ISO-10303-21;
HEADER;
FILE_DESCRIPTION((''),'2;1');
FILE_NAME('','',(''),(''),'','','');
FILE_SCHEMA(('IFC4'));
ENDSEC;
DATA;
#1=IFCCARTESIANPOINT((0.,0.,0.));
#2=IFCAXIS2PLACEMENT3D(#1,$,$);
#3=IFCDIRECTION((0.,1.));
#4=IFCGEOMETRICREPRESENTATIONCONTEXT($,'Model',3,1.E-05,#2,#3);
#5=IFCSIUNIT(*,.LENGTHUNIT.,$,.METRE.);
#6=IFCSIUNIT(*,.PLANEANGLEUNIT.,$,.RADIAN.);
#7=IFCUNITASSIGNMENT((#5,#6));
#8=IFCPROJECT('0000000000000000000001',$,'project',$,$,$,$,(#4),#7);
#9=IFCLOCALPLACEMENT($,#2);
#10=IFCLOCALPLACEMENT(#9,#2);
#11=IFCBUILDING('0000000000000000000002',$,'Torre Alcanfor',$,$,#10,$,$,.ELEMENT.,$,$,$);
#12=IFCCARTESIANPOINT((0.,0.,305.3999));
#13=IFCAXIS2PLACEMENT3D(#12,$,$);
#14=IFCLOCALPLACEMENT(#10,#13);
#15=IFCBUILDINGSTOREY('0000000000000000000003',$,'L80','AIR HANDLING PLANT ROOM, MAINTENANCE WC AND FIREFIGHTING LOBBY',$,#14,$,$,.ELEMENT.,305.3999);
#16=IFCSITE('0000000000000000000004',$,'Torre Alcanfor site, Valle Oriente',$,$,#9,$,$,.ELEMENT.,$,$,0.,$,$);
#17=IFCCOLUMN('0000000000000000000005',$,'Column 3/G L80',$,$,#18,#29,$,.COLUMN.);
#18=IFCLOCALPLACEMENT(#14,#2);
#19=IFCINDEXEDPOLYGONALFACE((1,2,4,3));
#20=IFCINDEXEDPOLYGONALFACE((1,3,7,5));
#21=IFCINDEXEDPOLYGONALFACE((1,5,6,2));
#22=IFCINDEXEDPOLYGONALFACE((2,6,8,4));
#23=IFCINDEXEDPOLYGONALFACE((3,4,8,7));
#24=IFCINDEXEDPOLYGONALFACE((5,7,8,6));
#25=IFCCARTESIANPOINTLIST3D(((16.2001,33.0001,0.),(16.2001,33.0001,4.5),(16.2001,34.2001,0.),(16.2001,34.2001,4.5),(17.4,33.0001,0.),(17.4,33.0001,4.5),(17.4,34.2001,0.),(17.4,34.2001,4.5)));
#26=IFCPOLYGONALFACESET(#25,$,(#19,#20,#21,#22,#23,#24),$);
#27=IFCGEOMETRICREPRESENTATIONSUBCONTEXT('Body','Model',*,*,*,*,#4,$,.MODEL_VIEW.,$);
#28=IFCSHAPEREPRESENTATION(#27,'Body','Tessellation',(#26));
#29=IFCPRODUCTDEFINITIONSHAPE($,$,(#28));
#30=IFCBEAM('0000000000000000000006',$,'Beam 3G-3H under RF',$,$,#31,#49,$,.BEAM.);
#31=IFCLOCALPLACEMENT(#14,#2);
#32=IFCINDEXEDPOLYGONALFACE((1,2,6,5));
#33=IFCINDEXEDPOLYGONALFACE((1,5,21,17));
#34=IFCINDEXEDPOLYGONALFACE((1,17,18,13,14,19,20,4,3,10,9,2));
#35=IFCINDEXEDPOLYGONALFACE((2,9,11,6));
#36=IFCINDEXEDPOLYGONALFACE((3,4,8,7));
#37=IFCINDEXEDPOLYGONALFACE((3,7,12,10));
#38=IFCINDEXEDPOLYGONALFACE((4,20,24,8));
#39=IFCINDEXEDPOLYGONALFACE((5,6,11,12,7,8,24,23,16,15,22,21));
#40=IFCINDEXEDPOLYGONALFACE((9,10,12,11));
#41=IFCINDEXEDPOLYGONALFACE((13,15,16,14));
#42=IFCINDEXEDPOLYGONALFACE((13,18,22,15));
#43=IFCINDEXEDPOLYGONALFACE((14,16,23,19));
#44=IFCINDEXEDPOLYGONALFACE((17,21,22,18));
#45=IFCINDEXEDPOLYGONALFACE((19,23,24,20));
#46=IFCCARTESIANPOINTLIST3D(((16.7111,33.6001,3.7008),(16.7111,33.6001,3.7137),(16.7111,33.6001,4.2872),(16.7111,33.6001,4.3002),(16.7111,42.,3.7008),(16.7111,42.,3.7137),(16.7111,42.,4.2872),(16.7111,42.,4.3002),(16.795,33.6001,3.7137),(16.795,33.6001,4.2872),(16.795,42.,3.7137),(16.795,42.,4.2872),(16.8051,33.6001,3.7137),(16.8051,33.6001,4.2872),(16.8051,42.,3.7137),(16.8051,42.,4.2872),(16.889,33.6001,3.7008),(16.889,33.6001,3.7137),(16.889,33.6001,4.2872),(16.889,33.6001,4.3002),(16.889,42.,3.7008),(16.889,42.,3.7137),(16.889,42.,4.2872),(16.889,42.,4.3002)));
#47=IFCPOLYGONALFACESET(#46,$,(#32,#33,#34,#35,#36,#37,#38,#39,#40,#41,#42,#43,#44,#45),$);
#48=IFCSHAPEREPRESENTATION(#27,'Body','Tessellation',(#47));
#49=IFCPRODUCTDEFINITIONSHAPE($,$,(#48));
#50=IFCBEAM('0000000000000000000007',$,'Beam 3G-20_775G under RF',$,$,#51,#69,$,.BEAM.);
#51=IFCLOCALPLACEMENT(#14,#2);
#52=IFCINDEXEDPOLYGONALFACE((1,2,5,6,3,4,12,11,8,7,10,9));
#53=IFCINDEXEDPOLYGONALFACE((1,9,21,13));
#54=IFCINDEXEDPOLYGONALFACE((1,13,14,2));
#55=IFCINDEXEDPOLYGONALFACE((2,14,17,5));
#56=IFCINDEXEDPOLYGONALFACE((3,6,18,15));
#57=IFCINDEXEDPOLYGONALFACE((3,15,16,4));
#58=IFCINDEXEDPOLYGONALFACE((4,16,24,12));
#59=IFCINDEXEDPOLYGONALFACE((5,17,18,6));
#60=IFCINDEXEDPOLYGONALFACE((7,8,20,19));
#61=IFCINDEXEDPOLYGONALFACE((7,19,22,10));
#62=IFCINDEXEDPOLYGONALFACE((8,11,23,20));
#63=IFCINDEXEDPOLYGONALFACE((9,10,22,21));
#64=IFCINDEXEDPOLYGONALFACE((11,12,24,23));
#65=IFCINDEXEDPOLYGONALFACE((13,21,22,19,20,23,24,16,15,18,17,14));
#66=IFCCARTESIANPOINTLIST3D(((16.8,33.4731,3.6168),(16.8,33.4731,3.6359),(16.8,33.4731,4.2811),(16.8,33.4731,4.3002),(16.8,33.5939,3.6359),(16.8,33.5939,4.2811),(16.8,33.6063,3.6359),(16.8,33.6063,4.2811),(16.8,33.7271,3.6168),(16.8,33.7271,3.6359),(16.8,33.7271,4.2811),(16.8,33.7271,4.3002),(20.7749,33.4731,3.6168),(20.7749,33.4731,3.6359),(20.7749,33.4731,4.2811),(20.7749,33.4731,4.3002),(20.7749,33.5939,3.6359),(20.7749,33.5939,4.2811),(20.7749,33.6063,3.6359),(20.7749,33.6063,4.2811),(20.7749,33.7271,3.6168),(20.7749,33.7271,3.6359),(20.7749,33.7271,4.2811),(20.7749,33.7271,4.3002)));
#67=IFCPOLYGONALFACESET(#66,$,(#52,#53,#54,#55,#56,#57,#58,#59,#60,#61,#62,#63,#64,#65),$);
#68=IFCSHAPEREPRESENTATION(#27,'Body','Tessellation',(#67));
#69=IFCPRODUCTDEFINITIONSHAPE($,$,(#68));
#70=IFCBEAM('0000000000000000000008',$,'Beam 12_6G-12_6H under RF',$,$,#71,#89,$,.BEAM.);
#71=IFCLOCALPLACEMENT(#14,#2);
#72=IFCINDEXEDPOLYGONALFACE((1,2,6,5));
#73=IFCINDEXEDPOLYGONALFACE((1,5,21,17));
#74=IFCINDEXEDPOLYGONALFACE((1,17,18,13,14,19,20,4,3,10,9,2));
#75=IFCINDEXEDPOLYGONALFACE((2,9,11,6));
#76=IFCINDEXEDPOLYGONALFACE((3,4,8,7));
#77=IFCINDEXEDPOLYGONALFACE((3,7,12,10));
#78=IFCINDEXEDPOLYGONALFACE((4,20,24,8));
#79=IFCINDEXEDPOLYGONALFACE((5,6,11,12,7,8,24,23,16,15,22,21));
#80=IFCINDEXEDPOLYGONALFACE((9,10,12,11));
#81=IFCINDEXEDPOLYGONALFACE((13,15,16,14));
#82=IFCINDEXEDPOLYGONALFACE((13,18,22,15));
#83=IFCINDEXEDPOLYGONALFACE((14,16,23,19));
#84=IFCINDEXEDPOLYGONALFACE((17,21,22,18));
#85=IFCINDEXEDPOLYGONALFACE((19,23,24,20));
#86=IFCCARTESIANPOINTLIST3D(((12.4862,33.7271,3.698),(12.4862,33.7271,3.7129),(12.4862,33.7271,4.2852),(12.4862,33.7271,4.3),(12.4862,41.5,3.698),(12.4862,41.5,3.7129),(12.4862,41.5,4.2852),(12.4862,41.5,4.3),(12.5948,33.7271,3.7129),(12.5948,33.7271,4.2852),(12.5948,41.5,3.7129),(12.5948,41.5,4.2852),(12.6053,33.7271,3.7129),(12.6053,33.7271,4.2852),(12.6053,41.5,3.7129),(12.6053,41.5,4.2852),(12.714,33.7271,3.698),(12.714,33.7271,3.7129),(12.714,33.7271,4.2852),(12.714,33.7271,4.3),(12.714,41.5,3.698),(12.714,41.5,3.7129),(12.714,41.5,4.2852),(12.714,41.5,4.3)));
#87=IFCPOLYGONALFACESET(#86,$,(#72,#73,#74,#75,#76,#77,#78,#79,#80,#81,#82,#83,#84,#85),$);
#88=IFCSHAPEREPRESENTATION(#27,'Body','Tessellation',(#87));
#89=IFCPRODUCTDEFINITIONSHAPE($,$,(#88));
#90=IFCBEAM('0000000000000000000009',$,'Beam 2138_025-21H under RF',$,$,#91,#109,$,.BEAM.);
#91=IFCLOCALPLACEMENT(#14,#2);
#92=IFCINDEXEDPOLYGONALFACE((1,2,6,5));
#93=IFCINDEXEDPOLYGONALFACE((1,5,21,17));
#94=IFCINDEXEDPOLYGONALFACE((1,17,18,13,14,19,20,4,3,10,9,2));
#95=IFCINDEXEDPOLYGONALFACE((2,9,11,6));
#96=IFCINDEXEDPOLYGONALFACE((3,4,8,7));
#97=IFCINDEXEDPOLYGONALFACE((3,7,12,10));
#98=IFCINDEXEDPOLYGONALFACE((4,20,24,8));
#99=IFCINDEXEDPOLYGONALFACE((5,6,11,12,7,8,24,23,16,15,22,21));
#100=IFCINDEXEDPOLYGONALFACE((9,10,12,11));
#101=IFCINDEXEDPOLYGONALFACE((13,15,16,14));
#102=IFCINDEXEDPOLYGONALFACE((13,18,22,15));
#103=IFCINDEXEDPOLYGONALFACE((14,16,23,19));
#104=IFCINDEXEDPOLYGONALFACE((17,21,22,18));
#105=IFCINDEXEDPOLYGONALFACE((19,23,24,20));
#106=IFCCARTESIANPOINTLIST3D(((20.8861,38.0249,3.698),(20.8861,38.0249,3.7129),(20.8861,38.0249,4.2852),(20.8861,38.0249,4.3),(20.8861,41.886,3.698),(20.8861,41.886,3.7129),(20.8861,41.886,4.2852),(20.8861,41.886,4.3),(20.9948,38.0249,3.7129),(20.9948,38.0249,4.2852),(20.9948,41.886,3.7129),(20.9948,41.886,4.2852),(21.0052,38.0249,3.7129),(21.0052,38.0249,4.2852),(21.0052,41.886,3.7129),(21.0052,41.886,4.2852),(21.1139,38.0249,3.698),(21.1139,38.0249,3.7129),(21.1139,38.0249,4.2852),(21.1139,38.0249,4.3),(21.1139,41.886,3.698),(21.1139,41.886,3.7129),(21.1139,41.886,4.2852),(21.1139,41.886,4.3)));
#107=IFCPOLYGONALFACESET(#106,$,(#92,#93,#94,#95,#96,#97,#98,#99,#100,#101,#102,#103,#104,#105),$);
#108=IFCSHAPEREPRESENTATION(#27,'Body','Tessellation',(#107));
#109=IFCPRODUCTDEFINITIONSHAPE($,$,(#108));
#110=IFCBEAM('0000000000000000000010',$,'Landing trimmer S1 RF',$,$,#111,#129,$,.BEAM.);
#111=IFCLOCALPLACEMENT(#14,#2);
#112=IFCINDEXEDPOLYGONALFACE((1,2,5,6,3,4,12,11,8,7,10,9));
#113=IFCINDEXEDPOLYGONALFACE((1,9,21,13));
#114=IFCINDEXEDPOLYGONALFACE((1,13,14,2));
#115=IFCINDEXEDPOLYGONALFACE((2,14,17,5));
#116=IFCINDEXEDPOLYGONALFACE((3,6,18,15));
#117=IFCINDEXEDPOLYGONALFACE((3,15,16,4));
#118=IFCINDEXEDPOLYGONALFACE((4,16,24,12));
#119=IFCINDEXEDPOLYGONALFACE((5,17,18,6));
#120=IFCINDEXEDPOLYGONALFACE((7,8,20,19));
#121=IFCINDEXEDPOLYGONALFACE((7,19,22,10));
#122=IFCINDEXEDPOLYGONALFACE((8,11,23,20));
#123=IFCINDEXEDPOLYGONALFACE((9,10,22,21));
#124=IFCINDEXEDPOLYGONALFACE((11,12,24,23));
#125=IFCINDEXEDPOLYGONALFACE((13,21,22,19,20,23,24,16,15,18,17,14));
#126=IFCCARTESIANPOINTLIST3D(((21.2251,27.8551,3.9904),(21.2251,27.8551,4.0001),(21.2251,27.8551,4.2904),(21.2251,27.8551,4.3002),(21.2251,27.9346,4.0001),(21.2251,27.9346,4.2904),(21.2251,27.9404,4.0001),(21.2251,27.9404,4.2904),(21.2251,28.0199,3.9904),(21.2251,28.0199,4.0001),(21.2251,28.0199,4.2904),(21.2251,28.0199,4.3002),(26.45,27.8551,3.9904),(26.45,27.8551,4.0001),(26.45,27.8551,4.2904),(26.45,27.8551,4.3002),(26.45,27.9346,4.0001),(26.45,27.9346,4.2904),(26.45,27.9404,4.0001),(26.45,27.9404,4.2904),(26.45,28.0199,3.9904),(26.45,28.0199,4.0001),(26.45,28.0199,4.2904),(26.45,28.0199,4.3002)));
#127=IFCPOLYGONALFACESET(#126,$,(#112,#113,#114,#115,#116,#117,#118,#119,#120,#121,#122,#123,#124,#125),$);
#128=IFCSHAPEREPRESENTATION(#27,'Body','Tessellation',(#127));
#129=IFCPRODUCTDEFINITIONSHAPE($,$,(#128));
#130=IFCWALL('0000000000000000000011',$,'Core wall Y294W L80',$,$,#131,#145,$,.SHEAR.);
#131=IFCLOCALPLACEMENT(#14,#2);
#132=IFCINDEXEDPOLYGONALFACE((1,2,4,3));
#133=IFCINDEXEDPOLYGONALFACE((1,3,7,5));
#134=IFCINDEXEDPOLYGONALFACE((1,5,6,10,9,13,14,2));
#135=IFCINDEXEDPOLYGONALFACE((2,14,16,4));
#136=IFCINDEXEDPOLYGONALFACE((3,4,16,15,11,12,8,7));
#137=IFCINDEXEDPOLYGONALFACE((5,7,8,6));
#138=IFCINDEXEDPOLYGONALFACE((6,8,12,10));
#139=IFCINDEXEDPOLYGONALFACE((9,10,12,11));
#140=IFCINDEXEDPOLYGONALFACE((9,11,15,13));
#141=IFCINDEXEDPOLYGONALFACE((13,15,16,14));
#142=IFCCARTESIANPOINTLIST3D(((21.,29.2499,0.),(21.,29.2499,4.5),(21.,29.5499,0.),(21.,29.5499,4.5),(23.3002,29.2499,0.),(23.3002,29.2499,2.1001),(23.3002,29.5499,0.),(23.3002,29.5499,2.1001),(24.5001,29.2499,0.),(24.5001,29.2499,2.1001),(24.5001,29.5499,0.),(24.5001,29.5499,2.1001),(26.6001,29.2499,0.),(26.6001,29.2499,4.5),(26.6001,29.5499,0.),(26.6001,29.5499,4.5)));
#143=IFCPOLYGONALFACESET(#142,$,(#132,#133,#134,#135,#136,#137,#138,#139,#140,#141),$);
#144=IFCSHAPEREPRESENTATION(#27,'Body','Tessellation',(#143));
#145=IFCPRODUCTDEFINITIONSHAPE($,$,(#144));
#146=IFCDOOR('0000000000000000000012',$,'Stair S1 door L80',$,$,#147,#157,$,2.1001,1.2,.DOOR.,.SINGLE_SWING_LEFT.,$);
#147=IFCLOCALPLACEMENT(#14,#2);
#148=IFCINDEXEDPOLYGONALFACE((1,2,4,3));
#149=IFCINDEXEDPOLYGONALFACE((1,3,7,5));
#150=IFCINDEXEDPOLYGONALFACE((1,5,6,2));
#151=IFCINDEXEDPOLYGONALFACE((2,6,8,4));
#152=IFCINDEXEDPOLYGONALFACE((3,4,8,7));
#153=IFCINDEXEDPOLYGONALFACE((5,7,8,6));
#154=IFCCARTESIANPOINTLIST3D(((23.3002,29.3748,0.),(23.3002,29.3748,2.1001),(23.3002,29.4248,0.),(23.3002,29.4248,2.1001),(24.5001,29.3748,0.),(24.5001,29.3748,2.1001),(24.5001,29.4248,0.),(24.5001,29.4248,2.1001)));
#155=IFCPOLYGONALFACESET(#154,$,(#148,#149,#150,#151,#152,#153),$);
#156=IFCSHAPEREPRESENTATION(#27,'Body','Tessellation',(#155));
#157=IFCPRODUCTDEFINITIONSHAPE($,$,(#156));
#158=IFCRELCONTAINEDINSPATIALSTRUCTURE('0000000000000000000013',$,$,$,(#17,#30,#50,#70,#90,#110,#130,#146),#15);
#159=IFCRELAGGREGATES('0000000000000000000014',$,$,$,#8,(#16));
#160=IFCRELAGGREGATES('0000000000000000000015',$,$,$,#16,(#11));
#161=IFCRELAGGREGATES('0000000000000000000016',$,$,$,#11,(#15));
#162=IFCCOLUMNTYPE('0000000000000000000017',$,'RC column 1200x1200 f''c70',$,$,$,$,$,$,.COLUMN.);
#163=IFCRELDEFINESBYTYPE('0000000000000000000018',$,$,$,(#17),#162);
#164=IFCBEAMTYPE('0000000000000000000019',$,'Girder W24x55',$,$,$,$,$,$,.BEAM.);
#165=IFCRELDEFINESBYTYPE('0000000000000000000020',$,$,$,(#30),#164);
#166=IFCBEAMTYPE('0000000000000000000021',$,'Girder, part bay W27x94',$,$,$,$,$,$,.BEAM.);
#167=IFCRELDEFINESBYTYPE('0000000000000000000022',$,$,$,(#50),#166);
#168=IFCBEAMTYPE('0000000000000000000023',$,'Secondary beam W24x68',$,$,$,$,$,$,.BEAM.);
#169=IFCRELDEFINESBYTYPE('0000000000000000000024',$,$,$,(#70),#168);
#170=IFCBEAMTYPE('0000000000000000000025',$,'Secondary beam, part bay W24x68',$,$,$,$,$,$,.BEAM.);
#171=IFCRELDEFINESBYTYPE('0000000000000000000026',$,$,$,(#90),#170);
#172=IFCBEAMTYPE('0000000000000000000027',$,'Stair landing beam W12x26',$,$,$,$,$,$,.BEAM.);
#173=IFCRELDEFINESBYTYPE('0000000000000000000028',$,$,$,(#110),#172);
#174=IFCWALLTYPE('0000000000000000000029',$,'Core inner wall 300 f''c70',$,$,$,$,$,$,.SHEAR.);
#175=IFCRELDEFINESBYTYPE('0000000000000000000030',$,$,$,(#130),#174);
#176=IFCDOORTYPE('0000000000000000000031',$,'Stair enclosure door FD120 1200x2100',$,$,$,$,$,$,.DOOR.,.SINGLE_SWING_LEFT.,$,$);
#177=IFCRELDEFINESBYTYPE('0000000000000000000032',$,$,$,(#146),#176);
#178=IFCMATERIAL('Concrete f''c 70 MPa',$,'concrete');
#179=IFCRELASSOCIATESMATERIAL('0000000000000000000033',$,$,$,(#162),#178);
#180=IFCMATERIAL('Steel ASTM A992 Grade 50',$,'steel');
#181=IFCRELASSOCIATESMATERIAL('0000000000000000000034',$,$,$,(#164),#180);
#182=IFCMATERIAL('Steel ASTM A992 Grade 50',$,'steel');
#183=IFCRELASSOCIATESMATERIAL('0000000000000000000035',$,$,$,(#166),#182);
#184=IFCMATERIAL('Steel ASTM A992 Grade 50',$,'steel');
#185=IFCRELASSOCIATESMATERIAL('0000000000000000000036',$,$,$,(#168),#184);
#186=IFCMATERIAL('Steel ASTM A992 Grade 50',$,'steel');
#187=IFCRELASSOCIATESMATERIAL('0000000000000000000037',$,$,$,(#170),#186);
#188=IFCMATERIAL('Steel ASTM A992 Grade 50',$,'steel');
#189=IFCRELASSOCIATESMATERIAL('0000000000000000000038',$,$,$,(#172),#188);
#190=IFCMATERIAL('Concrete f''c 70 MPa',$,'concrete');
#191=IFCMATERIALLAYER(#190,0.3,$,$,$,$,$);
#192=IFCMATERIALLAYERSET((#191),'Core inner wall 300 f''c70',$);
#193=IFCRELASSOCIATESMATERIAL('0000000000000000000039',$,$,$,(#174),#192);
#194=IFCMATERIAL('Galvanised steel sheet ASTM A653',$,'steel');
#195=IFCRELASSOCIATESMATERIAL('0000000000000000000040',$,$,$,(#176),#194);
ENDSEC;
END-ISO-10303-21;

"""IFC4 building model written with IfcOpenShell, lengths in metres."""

from ifc_helpers import new_model, si_unit, direction, frame, frame_2d, origin, origin_2d, place, context, subcontext, project, spatial, rectangle, i_section, extrude, material, layer, layer_set, material_profile, profile_set, type_object, element, fill, save


model = new_model("IFC4")

# Units and contexts
model_context = context("Model", 3, precision=1e-05, world=origin(), true_north=direction((0.0, 1.0)))
body_context = subcontext(model_context, "Body", "Model", "MODEL_VIEW")
ifc_project = project(units=[si_unit("LENGTHUNIT", "METRE"), si_unit("PLANEANGLEUNIT", "RADIAN")], contexts=[model_context])

# Site, building, storey
site_placement = place(None, origin())
site = spatial("IfcSite", under=ifc_project, at=site_placement, Name="Torre Alcanfor site, Valle Oriente", CompositionType="ELEMENT", RefElevation=0.0)
building_placement = place(site_placement, origin())
building = spatial("IfcBuilding", under=site, at=building_placement, Name="Torre Alcanfor", CompositionType="ELEMENT")
storey_placement = place(building_placement, frame((0.0, 0.0, 305.3999)))
storey = spatial("IfcBuildingStorey", under=building, at=storey_placement, Name="L80", Description="AIR HANDLING PLANT ROOM, MAINTENANCE WC AND FIREFIGHTING LOBBY", CompositionType="ELEMENT", Elevation=305.3999)

# Column
ifc_material_1 = material(Name="Concrete f'c 70 MPa", Category="concrete")
ifc_material_profile_1 = material_profile(ifc_material_1, rectangle(XDim=1.2, YDim=1.2, at=origin_2d()), Name="1200x1200")
ifc_profile_set_1 = profile_set([ifc_material_profile_1], Name="Concrete f'c 70 MPa")
column_type = type_object("IfcColumnType", Name="RC column 1200x1200 f'c70", PredefinedType="COLUMN", material=ifc_profile_set_1)
column_placement = place(storey_placement, frame((16.8, 33.6001, 0.0), z_axis=(0.0, 0.0, 1.0), x_axis=(1.0, 0.0, 0.0)))
element("IfcColumn", 1, at=column_placement, inside=storey, type_object=column_type, Name="Column 3/G L80", PredefinedType="COLUMN", context=body_context, shape_type="SweptSolid", body=[
    extrude(rectangle(XDim=1.2, YDim=1.2, at=origin_2d()), origin(), (0.0, 0.0, 1.0), 4.5),
])

# Beams
ifc_material_2 = material(Name="Steel ASTM A992 Grade 50", Category="steel")
ifc_material_profile_2 = material_profile(ifc_material_2, i_section(OverallWidth=0.178, OverallDepth=0.5994, WebThickness=0.01, FlangeThickness=0.0129, at=origin_2d()), Name="W24x55")
ifc_profile_set_2 = profile_set([ifc_material_profile_2], Name="Steel ASTM A992 Grade 50")
beam_type_1 = type_object("IfcBeamType", Name="Girder W24x55", PredefinedType="BEAM", material=ifc_profile_set_2)
beam_1_placement = place(storey_placement, frame((16.8, 33.6001, 4.0005), z_axis=(0.0, 1.0, 0.0), x_axis=(-1.0, 0.0, 0.0)))
element("IfcBeam", 2, at=beam_1_placement, inside=storey, type_object=beam_type_1, Name="Beam 3G-3H under RF", PredefinedType="BEAM", context=body_context, shape_type="SweptSolid", body=[
    extrude(i_section(OverallWidth=0.178, OverallDepth=0.5994, WebThickness=0.01, FlangeThickness=0.0129, at=origin_2d()), origin(), (0.0, 0.0, 1.0), 8.3999),
])
ifc_material_3 = material(Name="Steel ASTM A992 Grade 50", Category="steel")
ifc_material_profile_3 = material_profile(ifc_material_3, i_section(OverallWidth=0.2539, OverallDepth=0.6833, WebThickness=0.0125, FlangeThickness=0.019, at=origin_2d()), Name="W27x94")
ifc_profile_set_3 = profile_set([ifc_material_profile_3], Name="Steel ASTM A992 Grade 50")
beam_type_2 = type_object("IfcBeamType", Name="Girder, part bay W27x94", PredefinedType="BEAM", material=ifc_profile_set_3)
beam_2_placement = place(storey_placement, frame((16.8, 33.6001, 3.9585), z_axis=(1.0, 0.0, 0.0), x_axis=(0.0, 1.0, 0.0)))
element("IfcBeam", 3, at=beam_2_placement, inside=storey, type_object=beam_type_2, Name="Beam 3G-20_775G under RF", PredefinedType="BEAM", context=body_context, shape_type="SweptSolid", body=[
    extrude(i_section(OverallWidth=0.2539, OverallDepth=0.6833, WebThickness=0.0125, FlangeThickness=0.019, at=origin_2d()), origin(), (0.0, 0.0, 1.0), 3.9749),
])
ifc_material_4 = material(Name="Steel ASTM A992 Grade 50", Category="steel")
ifc_material_profile_4 = material_profile(ifc_material_4, i_section(OverallWidth=0.2278, OverallDepth=0.6021, WebThickness=0.0105, FlangeThickness=0.0149, at=origin_2d()), Name="W24x68")
ifc_profile_set_4 = profile_set([ifc_material_profile_4], Name="Steel ASTM A992 Grade 50")
beam_type_3 = type_object("IfcBeamType", Name="Secondary beam W24x68", PredefinedType="BEAM", material=ifc_profile_set_4)
beam_3_placement = place(storey_placement, frame((12.6001, 33.7271, 3.999), z_axis=(0.0, 1.0, 0.0), x_axis=(-1.0, 0.0, 0.0)))
element("IfcBeam", 4, at=beam_3_placement, inside=storey, type_object=beam_type_3, Name="Beam 12_6G-12_6H under RF", PredefinedType="BEAM", context=body_context, shape_type="SweptSolid", body=[
    extrude(i_section(OverallWidth=0.2278, OverallDepth=0.6021, WebThickness=0.0105, FlangeThickness=0.0149, at=origin_2d()), origin(), (0.0, 0.0, 1.0), 7.7729),
])
ifc_material_5 = material(Name="Steel ASTM A992 Grade 50", Category="steel")
ifc_material_profile_5 = material_profile(ifc_material_5, i_section(OverallWidth=0.2278, OverallDepth=0.6021, WebThickness=0.0105, FlangeThickness=0.0149, at=origin_2d()), Name="W24x68")
ifc_profile_set_5 = profile_set([ifc_material_profile_5], Name="Steel ASTM A992 Grade 50")
beam_type_4 = type_object("IfcBeamType", Name="Secondary beam, part bay W24x68", PredefinedType="BEAM", material=ifc_profile_set_5)
beam_4_placement = place(storey_placement, frame((21.0, 38.0249, 3.999), z_axis=(0.0, 1.0, 0.0), x_axis=(-1.0, 0.0, 0.0)))
element("IfcBeam", 5, at=beam_4_placement, inside=storey, type_object=beam_type_4, Name="Beam 2138_025-21H under RF", PredefinedType="BEAM", context=body_context, shape_type="SweptSolid", body=[
    extrude(i_section(OverallWidth=0.2278, OverallDepth=0.6021, WebThickness=0.0105, FlangeThickness=0.0149, at=origin_2d()), origin(), (0.0, 0.0, 1.0), 3.8611),
])
ifc_material_6 = material(Name="Steel ASTM A992 Grade 50", Category="steel")
ifc_material_profile_6 = material_profile(ifc_material_6, i_section(OverallWidth=0.1648, OverallDepth=0.3098, WebThickness=0.0059, FlangeThickness=0.0098, at=origin_2d()), Name="W12x26")
ifc_profile_set_6 = profile_set([ifc_material_profile_6], Name="Steel ASTM A992 Grade 50")
beam_type_5 = type_object("IfcBeamType", Name="Stair landing beam W12x26", PredefinedType="BEAM", material=ifc_profile_set_6)
beam_5_placement = place(storey_placement, frame((21.2251, 27.9375, 4.1453), z_axis=(1.0, 0.0, 0.0), x_axis=(0.0, 1.0, 0.0)))
element("IfcBeam", 6, at=beam_5_placement, inside=storey, type_object=beam_type_5, Name="Landing trimmer S1 RF", PredefinedType="BEAM", context=body_context, shape_type="SweptSolid", body=[
    extrude(i_section(OverallWidth=0.1648, OverallDepth=0.3098, WebThickness=0.0059, FlangeThickness=0.0098, at=origin_2d()), origin(), (0.0, 0.0, 1.0), 5.2249),
])

# Wall, opening, door
ifc_material_7 = material(Name="Concrete f'c 70 MPa", Category="concrete")
ifc_layer_1 = layer(ifc_material_7, 0.3)
ifc_layer_set_1 = layer_set([ifc_layer_1], Name="Core inner wall 300 f'c70")
wall_type_1 = type_object("IfcWallType", Name="Core inner wall 300 f'c70", PredefinedType="SHEAR", material=ifc_layer_set_1)
wall_1_placement = place(storey_placement, frame((21.0, 29.3999, 0.0), z_axis=(0.0, 0.0, 1.0), x_axis=(1.0, 0.0, 0.0)))
wall_1 = element("IfcWall", 7, at=wall_1_placement, inside=storey, type_object=wall_type_1, Name="Core wall Y294W L80", PredefinedType="SHEAR", context=body_context, shape_type="SweptSolid", body=[
    extrude(rectangle(XDim=5.6001, YDim=0.3, at=frame_2d((2.8, 0.0))), origin(), (0.0, 0.0, 1.0), 4.5),
])
opening_1_placement = place(wall_1_placement, frame((2.3, 0.0, 0.0)))
opening_1 = element("IfcOpeningElement", 8, at=opening_1_placement, cuts=wall_1, PredefinedType="OPENING", context=body_context, shape_type="SweptSolid", body=[
    extrude(rectangle(XDim=1.2, YDim=2.1001, at=frame_2d((0.6001, 1.05))), frame((0.0, 0.1599, 0.0), z_axis=(0.0, -1.0, 0.0), x_axis=(1.0, 0.0, 0.0)), (0.0, 0.0, 1.0), 0.3201),
])
ifc_material_8 = material(Name="Galvanised steel sheet ASTM A653", Category="steel")
door_type_1 = type_object("IfcDoorType", Name="Stair enclosure door FD120 1200x2100", OperationType="SINGLE_SWING_LEFT", PredefinedType="DOOR", material=ifc_material_8)
door_1_placement = place(opening_1_placement, frame((1.2, 0.0, 0.0), z_axis=(0.0, 0.0, 1.0), x_axis=(-1.0, 0.0, 0.0)))
door_1 = element("IfcDoor", 9, at=door_1_placement, inside=storey, type_object=door_type_1, Name="Stair S1 door L80", OperationType="SINGLE_SWING_LEFT", OverallHeight=2.1001, OverallWidth=1.2, PredefinedType="DOOR", context=body_context, shape_type="SweptSolid", body=[
    extrude(rectangle(XDim=1.2, YDim=2.1001, at=frame_2d((0.5999, 1.05))), frame((0.0, 0.0251, 0.0), z_axis=(0.0, -1.0, 0.0), x_axis=(1.0, 0.0, 0.0)), (0.0, 0.0, 1.0), 0.05),
])
fill(opening_1, door_1)

save(model, "model.ifc")
